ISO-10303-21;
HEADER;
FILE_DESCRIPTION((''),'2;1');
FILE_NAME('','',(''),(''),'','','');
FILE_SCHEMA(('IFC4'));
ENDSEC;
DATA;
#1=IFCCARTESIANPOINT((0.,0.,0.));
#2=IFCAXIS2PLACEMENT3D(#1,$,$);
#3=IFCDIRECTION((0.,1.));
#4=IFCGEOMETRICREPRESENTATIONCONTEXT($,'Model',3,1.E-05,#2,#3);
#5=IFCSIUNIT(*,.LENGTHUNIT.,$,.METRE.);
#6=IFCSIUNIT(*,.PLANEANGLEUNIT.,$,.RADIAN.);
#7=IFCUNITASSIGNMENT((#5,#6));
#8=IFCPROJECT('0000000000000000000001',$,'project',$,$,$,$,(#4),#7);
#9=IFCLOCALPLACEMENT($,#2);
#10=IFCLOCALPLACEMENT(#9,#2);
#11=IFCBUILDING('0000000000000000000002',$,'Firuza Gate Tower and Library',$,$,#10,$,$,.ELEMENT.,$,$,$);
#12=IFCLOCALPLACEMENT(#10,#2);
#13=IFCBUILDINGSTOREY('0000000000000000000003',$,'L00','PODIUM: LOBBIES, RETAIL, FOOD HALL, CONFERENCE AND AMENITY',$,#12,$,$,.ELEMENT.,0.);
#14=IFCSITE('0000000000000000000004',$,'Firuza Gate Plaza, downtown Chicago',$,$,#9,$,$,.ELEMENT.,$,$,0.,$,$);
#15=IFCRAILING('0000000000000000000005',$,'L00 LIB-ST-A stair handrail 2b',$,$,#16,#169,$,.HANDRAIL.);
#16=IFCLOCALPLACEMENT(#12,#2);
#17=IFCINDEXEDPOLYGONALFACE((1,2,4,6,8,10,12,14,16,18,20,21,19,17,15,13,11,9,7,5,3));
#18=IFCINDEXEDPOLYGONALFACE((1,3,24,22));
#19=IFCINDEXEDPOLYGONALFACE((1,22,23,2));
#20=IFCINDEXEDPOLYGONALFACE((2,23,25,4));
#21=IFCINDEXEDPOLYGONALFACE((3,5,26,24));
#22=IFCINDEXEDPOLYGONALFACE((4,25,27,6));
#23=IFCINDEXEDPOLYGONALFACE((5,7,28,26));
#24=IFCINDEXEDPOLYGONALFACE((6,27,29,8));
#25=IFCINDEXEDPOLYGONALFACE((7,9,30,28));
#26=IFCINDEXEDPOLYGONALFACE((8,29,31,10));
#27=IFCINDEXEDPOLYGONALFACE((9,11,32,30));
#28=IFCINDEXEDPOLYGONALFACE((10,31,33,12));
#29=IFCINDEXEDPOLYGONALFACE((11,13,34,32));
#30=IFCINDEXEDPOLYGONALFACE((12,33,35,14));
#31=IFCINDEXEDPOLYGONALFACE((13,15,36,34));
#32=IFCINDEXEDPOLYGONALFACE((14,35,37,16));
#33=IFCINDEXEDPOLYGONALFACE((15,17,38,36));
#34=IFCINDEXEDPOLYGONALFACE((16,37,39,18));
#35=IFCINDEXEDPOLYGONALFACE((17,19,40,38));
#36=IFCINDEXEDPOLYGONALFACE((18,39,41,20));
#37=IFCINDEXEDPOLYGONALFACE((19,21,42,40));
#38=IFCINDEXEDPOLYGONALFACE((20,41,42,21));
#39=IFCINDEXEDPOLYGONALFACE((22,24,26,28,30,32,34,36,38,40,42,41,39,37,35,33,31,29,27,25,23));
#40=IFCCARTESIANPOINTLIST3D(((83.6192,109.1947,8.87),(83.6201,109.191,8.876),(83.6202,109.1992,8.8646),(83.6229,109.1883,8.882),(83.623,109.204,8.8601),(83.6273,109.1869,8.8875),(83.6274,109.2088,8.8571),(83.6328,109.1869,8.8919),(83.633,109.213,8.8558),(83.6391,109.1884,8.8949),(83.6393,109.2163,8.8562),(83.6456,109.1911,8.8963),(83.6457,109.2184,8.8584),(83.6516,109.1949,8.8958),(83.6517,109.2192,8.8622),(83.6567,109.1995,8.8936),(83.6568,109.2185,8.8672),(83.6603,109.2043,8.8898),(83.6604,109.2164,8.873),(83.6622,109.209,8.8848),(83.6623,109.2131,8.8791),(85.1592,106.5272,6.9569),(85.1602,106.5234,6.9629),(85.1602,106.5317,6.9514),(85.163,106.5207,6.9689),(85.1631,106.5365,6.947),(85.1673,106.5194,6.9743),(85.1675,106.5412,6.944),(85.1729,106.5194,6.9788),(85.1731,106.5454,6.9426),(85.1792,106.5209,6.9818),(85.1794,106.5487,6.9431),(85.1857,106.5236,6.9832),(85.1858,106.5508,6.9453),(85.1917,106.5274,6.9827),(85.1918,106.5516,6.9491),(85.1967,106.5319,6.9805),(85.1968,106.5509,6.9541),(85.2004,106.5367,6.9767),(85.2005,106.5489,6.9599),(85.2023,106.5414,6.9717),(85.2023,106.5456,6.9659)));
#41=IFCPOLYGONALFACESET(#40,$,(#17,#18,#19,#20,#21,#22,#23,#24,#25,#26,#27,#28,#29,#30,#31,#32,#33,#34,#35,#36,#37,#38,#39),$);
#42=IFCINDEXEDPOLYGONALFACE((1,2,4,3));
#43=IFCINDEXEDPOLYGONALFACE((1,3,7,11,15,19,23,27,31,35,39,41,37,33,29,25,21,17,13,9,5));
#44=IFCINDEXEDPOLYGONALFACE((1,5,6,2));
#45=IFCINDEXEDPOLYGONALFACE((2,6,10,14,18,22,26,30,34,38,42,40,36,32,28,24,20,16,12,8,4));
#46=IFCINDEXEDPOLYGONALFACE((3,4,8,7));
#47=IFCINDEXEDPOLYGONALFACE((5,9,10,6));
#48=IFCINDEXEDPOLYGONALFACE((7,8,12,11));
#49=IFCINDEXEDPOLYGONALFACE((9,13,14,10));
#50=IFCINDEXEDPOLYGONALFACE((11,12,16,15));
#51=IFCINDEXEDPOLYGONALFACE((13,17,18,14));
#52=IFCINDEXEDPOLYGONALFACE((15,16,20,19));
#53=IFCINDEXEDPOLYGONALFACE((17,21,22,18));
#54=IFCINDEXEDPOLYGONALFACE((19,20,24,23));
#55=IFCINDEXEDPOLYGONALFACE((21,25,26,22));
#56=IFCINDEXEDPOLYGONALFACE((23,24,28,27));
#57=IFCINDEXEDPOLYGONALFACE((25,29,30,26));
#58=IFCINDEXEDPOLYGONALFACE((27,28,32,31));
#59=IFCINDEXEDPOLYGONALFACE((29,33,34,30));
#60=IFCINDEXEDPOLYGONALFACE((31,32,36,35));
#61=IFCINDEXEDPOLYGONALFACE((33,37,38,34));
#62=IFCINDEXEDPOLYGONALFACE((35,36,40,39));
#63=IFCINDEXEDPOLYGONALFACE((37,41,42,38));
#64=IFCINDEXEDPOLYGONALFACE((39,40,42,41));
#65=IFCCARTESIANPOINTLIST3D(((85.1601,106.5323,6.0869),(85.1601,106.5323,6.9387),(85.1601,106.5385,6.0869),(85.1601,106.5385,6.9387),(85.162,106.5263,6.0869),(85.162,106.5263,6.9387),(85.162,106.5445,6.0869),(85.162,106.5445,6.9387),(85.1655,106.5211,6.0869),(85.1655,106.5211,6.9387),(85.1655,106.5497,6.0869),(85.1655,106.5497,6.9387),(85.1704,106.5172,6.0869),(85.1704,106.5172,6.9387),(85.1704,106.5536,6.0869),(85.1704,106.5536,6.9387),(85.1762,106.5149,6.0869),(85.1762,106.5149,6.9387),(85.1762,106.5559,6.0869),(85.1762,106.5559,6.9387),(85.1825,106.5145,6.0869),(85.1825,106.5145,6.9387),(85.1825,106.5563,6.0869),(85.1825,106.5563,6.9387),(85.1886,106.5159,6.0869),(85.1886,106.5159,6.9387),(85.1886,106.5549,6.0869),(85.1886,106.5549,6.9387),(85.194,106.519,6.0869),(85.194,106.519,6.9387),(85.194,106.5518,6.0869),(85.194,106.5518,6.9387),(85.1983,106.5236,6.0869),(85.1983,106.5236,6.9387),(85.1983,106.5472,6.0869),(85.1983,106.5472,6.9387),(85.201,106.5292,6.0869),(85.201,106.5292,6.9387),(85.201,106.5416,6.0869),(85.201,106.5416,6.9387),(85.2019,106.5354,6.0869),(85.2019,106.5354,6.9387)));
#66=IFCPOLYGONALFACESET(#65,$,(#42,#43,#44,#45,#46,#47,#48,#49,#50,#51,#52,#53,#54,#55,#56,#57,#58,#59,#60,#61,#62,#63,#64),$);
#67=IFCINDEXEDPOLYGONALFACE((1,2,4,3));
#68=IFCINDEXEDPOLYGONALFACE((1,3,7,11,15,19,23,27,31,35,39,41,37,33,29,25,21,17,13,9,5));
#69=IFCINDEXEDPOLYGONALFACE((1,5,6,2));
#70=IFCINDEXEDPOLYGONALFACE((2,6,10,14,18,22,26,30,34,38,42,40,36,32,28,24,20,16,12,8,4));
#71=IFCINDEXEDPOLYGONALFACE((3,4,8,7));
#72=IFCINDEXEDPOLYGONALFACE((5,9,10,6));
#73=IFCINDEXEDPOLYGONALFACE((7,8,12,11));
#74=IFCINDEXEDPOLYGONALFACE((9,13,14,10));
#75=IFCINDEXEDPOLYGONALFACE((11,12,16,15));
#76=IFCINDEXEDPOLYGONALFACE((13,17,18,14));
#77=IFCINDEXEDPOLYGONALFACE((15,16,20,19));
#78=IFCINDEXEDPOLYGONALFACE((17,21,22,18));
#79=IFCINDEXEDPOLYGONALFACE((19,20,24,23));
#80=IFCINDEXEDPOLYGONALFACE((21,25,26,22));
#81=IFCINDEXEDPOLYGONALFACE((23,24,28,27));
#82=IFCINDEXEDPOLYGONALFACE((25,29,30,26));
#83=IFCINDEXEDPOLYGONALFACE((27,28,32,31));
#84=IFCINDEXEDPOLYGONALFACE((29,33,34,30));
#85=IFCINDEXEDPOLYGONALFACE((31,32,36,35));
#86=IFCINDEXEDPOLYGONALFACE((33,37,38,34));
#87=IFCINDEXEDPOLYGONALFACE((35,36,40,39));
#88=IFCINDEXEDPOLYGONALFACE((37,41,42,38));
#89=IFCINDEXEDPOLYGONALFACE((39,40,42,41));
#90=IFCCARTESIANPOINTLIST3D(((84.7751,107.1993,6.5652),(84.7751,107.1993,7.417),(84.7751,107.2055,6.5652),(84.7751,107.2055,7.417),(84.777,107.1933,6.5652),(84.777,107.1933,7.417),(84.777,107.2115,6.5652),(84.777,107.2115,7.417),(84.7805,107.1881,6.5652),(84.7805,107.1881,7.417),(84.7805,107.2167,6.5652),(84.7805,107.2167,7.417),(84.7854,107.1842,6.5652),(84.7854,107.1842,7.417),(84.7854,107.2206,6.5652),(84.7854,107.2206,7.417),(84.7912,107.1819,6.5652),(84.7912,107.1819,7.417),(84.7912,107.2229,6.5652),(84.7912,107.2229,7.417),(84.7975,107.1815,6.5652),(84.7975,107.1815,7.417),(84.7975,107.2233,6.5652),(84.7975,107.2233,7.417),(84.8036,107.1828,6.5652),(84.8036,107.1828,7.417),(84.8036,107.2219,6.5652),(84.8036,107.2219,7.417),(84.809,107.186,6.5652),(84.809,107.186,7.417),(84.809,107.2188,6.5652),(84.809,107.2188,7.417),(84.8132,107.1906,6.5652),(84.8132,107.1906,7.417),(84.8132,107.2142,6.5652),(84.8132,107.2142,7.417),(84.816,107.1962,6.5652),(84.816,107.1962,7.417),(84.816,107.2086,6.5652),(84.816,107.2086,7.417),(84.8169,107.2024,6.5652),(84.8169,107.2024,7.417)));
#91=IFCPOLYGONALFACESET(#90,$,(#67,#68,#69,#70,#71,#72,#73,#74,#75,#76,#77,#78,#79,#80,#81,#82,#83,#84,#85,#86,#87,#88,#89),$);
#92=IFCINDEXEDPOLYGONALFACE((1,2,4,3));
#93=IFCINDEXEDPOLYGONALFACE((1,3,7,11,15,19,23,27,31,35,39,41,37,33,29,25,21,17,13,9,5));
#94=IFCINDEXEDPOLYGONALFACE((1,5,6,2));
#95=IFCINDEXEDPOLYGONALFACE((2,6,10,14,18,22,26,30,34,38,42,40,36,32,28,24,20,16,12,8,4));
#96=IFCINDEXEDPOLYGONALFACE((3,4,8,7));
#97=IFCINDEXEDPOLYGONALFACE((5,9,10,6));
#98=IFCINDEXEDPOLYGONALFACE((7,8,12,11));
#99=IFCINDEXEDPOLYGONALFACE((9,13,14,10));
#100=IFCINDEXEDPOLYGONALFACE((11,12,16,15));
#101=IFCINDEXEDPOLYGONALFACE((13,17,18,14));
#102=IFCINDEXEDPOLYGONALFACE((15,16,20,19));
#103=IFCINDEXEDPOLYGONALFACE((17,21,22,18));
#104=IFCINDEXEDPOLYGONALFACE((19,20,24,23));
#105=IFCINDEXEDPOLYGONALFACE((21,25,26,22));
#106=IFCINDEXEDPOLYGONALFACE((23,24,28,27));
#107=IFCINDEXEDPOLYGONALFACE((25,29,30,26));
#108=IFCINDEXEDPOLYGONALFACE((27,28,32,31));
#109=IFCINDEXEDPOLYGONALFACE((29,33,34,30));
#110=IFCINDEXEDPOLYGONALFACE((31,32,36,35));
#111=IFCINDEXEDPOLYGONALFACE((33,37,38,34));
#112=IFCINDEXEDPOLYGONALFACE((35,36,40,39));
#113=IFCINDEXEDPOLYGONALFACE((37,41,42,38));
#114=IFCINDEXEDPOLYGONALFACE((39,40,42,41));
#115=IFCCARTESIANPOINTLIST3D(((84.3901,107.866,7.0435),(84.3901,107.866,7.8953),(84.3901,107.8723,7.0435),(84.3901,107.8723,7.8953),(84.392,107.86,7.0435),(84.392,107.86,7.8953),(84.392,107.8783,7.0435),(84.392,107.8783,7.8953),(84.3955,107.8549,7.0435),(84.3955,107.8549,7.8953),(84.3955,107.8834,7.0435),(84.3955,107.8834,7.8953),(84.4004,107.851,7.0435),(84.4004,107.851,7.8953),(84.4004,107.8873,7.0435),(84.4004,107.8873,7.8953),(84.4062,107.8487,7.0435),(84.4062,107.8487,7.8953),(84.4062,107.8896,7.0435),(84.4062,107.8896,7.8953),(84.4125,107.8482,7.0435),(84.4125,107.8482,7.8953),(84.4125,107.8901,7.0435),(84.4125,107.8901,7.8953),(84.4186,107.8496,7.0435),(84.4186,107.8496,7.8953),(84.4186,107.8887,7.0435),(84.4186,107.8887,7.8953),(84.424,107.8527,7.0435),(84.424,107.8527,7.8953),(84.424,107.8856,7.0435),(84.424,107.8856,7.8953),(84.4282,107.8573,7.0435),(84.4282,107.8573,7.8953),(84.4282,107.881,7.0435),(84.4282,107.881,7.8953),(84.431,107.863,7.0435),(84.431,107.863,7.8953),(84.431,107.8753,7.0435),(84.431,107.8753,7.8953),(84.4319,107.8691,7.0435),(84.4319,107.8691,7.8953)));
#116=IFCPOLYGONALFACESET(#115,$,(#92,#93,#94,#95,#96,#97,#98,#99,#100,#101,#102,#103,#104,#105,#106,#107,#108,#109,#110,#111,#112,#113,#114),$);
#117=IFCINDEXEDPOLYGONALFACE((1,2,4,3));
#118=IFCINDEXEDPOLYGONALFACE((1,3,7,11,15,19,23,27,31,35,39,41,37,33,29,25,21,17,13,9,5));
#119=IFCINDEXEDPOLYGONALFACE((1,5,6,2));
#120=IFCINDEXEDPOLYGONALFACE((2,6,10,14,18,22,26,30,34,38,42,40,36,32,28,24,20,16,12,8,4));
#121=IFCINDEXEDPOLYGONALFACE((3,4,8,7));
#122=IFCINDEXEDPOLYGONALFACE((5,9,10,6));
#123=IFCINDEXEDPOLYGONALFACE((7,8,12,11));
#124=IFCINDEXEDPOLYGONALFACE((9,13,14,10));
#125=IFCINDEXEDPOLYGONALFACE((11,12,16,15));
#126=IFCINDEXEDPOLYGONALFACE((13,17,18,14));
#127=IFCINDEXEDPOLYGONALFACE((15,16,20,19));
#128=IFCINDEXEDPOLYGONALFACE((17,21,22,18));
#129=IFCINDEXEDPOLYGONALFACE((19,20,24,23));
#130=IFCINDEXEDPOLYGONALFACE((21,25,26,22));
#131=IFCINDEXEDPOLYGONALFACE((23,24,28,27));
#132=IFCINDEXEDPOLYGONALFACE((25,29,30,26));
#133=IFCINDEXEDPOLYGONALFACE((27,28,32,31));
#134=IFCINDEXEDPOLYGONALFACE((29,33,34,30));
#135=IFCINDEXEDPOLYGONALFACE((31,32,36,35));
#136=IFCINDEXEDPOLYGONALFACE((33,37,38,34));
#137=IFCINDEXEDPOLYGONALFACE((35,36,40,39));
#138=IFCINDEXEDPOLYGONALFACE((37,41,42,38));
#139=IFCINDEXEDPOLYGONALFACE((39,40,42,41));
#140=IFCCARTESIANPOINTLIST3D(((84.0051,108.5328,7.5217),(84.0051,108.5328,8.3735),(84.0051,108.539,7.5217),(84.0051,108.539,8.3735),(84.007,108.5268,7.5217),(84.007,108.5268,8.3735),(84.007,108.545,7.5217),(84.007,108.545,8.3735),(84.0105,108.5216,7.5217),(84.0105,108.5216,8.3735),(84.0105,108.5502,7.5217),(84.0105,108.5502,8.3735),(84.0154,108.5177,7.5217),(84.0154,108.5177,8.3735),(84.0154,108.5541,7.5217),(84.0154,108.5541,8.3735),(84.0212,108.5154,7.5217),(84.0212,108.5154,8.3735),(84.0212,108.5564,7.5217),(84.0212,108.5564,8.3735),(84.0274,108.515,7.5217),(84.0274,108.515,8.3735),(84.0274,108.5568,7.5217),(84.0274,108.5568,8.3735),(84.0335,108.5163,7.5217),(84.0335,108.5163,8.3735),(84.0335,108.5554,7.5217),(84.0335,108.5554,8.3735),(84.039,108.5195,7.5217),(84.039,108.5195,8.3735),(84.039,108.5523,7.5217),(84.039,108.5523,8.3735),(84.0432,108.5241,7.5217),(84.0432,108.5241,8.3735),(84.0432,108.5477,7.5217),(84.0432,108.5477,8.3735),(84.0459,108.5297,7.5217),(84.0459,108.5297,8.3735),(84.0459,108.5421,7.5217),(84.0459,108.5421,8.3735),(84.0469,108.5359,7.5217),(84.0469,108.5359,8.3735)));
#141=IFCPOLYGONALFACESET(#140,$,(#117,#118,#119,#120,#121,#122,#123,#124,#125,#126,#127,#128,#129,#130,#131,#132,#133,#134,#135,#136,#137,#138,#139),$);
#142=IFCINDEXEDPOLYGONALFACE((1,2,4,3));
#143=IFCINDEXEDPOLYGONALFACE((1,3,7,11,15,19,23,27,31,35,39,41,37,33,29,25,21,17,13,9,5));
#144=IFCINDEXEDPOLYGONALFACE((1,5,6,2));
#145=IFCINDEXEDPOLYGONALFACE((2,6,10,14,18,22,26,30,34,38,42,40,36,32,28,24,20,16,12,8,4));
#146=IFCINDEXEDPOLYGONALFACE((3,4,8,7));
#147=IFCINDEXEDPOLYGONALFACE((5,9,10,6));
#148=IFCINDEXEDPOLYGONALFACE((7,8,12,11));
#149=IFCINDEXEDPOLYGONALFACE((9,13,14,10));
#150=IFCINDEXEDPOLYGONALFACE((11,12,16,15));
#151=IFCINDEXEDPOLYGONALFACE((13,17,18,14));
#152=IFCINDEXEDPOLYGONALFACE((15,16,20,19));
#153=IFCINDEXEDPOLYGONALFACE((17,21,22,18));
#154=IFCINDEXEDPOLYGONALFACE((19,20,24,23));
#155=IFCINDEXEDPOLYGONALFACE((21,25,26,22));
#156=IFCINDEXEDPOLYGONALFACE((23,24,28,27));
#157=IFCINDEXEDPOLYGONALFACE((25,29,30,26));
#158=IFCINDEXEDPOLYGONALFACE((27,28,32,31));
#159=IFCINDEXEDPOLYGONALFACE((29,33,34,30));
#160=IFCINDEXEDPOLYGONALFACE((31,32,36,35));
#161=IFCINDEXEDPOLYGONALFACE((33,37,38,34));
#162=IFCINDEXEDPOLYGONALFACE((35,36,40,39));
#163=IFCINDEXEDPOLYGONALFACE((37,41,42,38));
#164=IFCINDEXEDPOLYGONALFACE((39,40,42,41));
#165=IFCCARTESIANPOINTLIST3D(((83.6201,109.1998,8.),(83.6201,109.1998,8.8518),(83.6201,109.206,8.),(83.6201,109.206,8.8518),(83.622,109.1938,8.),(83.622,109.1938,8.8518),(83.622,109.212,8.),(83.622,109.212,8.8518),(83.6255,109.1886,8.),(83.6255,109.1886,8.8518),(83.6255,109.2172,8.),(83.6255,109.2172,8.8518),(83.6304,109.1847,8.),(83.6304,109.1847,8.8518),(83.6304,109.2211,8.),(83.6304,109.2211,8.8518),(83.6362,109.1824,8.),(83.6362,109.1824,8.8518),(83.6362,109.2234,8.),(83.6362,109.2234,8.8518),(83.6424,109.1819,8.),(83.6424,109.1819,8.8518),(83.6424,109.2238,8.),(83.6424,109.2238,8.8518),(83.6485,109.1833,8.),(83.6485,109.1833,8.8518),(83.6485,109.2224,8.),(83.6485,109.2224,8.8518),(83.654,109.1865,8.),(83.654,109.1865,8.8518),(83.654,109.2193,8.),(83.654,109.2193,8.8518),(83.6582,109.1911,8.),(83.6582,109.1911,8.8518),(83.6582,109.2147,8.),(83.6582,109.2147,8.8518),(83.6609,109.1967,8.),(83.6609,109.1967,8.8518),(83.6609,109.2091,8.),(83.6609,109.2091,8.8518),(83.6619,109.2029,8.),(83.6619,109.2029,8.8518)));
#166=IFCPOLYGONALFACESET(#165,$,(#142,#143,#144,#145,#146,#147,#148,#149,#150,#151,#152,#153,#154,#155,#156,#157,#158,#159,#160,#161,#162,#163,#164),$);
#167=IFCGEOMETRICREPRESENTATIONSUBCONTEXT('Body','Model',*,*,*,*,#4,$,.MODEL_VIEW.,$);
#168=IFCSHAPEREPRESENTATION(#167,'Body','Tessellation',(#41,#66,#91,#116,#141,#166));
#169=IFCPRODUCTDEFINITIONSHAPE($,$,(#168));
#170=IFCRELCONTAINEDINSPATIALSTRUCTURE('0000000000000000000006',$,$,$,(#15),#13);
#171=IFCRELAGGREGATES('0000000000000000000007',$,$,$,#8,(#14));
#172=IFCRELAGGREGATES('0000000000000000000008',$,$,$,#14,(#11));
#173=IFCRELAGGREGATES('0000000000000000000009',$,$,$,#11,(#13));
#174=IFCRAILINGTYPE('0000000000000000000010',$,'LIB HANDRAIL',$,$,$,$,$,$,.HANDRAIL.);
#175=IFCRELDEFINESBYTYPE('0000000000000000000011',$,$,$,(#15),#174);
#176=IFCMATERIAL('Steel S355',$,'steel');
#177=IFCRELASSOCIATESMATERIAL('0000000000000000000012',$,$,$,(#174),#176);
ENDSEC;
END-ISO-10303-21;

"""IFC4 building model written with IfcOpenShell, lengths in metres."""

from ifc_helpers import new_model, si_unit, direction, frame, origin, origin_2d, place, context, subcontext, project, spatial, circle, extrude, material, type_object, element, save


model = new_model("IFC4")

# Units and contexts
model_context = context("Model", 3, precision=1e-05, world=origin(), true_north=direction((0.0, 1.0)))
body_context = subcontext(model_context, "Body", "Model", "MODEL_VIEW")
ifc_project = project(units=[si_unit("LENGTHUNIT", "METRE"), si_unit("PLANEANGLEUNIT", "RADIAN")], contexts=[model_context])

# Site, building, storey
site_placement = place(None, origin())
site = spatial("IfcSite", under=ifc_project, at=site_placement, Name="Firuza Gate Plaza, downtown Chicago", CompositionType="ELEMENT", RefElevation=0.0)
building_placement = place(site_placement, origin())
building = spatial("IfcBuilding", under=site, at=building_placement, Name="Firuza Gate Tower and Library", CompositionType="ELEMENT")
storey_placement = place(building_placement, origin())
storey = spatial("IfcBuildingStorey", under=building, at=storey_placement, Name="L00", Description="PODIUM: LOBBIES, RETAIL, FOOD HALL, CONFERENCE AND AMENITY", CompositionType="ELEMENT", Elevation=0.0)

# Railing
ifc_material_1 = material(Name="Steel S355", Category="steel")
railing_type_1 = type_object("IfcRailingType", Name="LIB HANDRAIL", PredefinedType="HANDRAIL", material=ifc_material_1)
railing_1_placement = place(storey_placement, frame((85.1809, 106.5354, 6.0869)))
element("IfcRailing", 1, at=railing_1_placement, inside=storey, type_object=railing_type_1, Name="L00 LIB-ST-A stair handrail 2b", PredefinedType="HANDRAIL", context=body_context, shape_type="SweptSolid", body=[
    extrude(circle(Radius=0.0239, at=origin_2d()), frame((0.0, 0.0, 0.876), z_axis=(-0.424734, 0.735676, 0.527618), x_axis=(-0.86603, -0.499992, 0.0)), (0.0, 0.0, 1.0), 3.626),
    extrude(circle(Radius=0.021, at=origin_2d()), origin(), (0.0, 0.0, 1.0), 0.8518),
    extrude(circle(Radius=0.021, at=origin_2d()), frame((-0.385, 0.667, 0.4783)), (0.0, 0.0, 1.0), 0.8518),
    extrude(circle(Radius=0.021, at=origin_2d()), frame((-0.77, 1.3337, 0.9565)), (0.0, 0.0, 1.0), 0.8518),
    extrude(circle(Radius=0.021, at=origin_2d()), frame((-1.155, 2.0005, 1.4348)), (0.0, 0.0, 1.0), 0.8518),
    extrude(circle(Radius=0.021, at=origin_2d()), frame((-1.54, 2.6675, 1.9131)), (0.0, 0.0, 1.0), 0.8518),
])

save(model, "model.ifc")
